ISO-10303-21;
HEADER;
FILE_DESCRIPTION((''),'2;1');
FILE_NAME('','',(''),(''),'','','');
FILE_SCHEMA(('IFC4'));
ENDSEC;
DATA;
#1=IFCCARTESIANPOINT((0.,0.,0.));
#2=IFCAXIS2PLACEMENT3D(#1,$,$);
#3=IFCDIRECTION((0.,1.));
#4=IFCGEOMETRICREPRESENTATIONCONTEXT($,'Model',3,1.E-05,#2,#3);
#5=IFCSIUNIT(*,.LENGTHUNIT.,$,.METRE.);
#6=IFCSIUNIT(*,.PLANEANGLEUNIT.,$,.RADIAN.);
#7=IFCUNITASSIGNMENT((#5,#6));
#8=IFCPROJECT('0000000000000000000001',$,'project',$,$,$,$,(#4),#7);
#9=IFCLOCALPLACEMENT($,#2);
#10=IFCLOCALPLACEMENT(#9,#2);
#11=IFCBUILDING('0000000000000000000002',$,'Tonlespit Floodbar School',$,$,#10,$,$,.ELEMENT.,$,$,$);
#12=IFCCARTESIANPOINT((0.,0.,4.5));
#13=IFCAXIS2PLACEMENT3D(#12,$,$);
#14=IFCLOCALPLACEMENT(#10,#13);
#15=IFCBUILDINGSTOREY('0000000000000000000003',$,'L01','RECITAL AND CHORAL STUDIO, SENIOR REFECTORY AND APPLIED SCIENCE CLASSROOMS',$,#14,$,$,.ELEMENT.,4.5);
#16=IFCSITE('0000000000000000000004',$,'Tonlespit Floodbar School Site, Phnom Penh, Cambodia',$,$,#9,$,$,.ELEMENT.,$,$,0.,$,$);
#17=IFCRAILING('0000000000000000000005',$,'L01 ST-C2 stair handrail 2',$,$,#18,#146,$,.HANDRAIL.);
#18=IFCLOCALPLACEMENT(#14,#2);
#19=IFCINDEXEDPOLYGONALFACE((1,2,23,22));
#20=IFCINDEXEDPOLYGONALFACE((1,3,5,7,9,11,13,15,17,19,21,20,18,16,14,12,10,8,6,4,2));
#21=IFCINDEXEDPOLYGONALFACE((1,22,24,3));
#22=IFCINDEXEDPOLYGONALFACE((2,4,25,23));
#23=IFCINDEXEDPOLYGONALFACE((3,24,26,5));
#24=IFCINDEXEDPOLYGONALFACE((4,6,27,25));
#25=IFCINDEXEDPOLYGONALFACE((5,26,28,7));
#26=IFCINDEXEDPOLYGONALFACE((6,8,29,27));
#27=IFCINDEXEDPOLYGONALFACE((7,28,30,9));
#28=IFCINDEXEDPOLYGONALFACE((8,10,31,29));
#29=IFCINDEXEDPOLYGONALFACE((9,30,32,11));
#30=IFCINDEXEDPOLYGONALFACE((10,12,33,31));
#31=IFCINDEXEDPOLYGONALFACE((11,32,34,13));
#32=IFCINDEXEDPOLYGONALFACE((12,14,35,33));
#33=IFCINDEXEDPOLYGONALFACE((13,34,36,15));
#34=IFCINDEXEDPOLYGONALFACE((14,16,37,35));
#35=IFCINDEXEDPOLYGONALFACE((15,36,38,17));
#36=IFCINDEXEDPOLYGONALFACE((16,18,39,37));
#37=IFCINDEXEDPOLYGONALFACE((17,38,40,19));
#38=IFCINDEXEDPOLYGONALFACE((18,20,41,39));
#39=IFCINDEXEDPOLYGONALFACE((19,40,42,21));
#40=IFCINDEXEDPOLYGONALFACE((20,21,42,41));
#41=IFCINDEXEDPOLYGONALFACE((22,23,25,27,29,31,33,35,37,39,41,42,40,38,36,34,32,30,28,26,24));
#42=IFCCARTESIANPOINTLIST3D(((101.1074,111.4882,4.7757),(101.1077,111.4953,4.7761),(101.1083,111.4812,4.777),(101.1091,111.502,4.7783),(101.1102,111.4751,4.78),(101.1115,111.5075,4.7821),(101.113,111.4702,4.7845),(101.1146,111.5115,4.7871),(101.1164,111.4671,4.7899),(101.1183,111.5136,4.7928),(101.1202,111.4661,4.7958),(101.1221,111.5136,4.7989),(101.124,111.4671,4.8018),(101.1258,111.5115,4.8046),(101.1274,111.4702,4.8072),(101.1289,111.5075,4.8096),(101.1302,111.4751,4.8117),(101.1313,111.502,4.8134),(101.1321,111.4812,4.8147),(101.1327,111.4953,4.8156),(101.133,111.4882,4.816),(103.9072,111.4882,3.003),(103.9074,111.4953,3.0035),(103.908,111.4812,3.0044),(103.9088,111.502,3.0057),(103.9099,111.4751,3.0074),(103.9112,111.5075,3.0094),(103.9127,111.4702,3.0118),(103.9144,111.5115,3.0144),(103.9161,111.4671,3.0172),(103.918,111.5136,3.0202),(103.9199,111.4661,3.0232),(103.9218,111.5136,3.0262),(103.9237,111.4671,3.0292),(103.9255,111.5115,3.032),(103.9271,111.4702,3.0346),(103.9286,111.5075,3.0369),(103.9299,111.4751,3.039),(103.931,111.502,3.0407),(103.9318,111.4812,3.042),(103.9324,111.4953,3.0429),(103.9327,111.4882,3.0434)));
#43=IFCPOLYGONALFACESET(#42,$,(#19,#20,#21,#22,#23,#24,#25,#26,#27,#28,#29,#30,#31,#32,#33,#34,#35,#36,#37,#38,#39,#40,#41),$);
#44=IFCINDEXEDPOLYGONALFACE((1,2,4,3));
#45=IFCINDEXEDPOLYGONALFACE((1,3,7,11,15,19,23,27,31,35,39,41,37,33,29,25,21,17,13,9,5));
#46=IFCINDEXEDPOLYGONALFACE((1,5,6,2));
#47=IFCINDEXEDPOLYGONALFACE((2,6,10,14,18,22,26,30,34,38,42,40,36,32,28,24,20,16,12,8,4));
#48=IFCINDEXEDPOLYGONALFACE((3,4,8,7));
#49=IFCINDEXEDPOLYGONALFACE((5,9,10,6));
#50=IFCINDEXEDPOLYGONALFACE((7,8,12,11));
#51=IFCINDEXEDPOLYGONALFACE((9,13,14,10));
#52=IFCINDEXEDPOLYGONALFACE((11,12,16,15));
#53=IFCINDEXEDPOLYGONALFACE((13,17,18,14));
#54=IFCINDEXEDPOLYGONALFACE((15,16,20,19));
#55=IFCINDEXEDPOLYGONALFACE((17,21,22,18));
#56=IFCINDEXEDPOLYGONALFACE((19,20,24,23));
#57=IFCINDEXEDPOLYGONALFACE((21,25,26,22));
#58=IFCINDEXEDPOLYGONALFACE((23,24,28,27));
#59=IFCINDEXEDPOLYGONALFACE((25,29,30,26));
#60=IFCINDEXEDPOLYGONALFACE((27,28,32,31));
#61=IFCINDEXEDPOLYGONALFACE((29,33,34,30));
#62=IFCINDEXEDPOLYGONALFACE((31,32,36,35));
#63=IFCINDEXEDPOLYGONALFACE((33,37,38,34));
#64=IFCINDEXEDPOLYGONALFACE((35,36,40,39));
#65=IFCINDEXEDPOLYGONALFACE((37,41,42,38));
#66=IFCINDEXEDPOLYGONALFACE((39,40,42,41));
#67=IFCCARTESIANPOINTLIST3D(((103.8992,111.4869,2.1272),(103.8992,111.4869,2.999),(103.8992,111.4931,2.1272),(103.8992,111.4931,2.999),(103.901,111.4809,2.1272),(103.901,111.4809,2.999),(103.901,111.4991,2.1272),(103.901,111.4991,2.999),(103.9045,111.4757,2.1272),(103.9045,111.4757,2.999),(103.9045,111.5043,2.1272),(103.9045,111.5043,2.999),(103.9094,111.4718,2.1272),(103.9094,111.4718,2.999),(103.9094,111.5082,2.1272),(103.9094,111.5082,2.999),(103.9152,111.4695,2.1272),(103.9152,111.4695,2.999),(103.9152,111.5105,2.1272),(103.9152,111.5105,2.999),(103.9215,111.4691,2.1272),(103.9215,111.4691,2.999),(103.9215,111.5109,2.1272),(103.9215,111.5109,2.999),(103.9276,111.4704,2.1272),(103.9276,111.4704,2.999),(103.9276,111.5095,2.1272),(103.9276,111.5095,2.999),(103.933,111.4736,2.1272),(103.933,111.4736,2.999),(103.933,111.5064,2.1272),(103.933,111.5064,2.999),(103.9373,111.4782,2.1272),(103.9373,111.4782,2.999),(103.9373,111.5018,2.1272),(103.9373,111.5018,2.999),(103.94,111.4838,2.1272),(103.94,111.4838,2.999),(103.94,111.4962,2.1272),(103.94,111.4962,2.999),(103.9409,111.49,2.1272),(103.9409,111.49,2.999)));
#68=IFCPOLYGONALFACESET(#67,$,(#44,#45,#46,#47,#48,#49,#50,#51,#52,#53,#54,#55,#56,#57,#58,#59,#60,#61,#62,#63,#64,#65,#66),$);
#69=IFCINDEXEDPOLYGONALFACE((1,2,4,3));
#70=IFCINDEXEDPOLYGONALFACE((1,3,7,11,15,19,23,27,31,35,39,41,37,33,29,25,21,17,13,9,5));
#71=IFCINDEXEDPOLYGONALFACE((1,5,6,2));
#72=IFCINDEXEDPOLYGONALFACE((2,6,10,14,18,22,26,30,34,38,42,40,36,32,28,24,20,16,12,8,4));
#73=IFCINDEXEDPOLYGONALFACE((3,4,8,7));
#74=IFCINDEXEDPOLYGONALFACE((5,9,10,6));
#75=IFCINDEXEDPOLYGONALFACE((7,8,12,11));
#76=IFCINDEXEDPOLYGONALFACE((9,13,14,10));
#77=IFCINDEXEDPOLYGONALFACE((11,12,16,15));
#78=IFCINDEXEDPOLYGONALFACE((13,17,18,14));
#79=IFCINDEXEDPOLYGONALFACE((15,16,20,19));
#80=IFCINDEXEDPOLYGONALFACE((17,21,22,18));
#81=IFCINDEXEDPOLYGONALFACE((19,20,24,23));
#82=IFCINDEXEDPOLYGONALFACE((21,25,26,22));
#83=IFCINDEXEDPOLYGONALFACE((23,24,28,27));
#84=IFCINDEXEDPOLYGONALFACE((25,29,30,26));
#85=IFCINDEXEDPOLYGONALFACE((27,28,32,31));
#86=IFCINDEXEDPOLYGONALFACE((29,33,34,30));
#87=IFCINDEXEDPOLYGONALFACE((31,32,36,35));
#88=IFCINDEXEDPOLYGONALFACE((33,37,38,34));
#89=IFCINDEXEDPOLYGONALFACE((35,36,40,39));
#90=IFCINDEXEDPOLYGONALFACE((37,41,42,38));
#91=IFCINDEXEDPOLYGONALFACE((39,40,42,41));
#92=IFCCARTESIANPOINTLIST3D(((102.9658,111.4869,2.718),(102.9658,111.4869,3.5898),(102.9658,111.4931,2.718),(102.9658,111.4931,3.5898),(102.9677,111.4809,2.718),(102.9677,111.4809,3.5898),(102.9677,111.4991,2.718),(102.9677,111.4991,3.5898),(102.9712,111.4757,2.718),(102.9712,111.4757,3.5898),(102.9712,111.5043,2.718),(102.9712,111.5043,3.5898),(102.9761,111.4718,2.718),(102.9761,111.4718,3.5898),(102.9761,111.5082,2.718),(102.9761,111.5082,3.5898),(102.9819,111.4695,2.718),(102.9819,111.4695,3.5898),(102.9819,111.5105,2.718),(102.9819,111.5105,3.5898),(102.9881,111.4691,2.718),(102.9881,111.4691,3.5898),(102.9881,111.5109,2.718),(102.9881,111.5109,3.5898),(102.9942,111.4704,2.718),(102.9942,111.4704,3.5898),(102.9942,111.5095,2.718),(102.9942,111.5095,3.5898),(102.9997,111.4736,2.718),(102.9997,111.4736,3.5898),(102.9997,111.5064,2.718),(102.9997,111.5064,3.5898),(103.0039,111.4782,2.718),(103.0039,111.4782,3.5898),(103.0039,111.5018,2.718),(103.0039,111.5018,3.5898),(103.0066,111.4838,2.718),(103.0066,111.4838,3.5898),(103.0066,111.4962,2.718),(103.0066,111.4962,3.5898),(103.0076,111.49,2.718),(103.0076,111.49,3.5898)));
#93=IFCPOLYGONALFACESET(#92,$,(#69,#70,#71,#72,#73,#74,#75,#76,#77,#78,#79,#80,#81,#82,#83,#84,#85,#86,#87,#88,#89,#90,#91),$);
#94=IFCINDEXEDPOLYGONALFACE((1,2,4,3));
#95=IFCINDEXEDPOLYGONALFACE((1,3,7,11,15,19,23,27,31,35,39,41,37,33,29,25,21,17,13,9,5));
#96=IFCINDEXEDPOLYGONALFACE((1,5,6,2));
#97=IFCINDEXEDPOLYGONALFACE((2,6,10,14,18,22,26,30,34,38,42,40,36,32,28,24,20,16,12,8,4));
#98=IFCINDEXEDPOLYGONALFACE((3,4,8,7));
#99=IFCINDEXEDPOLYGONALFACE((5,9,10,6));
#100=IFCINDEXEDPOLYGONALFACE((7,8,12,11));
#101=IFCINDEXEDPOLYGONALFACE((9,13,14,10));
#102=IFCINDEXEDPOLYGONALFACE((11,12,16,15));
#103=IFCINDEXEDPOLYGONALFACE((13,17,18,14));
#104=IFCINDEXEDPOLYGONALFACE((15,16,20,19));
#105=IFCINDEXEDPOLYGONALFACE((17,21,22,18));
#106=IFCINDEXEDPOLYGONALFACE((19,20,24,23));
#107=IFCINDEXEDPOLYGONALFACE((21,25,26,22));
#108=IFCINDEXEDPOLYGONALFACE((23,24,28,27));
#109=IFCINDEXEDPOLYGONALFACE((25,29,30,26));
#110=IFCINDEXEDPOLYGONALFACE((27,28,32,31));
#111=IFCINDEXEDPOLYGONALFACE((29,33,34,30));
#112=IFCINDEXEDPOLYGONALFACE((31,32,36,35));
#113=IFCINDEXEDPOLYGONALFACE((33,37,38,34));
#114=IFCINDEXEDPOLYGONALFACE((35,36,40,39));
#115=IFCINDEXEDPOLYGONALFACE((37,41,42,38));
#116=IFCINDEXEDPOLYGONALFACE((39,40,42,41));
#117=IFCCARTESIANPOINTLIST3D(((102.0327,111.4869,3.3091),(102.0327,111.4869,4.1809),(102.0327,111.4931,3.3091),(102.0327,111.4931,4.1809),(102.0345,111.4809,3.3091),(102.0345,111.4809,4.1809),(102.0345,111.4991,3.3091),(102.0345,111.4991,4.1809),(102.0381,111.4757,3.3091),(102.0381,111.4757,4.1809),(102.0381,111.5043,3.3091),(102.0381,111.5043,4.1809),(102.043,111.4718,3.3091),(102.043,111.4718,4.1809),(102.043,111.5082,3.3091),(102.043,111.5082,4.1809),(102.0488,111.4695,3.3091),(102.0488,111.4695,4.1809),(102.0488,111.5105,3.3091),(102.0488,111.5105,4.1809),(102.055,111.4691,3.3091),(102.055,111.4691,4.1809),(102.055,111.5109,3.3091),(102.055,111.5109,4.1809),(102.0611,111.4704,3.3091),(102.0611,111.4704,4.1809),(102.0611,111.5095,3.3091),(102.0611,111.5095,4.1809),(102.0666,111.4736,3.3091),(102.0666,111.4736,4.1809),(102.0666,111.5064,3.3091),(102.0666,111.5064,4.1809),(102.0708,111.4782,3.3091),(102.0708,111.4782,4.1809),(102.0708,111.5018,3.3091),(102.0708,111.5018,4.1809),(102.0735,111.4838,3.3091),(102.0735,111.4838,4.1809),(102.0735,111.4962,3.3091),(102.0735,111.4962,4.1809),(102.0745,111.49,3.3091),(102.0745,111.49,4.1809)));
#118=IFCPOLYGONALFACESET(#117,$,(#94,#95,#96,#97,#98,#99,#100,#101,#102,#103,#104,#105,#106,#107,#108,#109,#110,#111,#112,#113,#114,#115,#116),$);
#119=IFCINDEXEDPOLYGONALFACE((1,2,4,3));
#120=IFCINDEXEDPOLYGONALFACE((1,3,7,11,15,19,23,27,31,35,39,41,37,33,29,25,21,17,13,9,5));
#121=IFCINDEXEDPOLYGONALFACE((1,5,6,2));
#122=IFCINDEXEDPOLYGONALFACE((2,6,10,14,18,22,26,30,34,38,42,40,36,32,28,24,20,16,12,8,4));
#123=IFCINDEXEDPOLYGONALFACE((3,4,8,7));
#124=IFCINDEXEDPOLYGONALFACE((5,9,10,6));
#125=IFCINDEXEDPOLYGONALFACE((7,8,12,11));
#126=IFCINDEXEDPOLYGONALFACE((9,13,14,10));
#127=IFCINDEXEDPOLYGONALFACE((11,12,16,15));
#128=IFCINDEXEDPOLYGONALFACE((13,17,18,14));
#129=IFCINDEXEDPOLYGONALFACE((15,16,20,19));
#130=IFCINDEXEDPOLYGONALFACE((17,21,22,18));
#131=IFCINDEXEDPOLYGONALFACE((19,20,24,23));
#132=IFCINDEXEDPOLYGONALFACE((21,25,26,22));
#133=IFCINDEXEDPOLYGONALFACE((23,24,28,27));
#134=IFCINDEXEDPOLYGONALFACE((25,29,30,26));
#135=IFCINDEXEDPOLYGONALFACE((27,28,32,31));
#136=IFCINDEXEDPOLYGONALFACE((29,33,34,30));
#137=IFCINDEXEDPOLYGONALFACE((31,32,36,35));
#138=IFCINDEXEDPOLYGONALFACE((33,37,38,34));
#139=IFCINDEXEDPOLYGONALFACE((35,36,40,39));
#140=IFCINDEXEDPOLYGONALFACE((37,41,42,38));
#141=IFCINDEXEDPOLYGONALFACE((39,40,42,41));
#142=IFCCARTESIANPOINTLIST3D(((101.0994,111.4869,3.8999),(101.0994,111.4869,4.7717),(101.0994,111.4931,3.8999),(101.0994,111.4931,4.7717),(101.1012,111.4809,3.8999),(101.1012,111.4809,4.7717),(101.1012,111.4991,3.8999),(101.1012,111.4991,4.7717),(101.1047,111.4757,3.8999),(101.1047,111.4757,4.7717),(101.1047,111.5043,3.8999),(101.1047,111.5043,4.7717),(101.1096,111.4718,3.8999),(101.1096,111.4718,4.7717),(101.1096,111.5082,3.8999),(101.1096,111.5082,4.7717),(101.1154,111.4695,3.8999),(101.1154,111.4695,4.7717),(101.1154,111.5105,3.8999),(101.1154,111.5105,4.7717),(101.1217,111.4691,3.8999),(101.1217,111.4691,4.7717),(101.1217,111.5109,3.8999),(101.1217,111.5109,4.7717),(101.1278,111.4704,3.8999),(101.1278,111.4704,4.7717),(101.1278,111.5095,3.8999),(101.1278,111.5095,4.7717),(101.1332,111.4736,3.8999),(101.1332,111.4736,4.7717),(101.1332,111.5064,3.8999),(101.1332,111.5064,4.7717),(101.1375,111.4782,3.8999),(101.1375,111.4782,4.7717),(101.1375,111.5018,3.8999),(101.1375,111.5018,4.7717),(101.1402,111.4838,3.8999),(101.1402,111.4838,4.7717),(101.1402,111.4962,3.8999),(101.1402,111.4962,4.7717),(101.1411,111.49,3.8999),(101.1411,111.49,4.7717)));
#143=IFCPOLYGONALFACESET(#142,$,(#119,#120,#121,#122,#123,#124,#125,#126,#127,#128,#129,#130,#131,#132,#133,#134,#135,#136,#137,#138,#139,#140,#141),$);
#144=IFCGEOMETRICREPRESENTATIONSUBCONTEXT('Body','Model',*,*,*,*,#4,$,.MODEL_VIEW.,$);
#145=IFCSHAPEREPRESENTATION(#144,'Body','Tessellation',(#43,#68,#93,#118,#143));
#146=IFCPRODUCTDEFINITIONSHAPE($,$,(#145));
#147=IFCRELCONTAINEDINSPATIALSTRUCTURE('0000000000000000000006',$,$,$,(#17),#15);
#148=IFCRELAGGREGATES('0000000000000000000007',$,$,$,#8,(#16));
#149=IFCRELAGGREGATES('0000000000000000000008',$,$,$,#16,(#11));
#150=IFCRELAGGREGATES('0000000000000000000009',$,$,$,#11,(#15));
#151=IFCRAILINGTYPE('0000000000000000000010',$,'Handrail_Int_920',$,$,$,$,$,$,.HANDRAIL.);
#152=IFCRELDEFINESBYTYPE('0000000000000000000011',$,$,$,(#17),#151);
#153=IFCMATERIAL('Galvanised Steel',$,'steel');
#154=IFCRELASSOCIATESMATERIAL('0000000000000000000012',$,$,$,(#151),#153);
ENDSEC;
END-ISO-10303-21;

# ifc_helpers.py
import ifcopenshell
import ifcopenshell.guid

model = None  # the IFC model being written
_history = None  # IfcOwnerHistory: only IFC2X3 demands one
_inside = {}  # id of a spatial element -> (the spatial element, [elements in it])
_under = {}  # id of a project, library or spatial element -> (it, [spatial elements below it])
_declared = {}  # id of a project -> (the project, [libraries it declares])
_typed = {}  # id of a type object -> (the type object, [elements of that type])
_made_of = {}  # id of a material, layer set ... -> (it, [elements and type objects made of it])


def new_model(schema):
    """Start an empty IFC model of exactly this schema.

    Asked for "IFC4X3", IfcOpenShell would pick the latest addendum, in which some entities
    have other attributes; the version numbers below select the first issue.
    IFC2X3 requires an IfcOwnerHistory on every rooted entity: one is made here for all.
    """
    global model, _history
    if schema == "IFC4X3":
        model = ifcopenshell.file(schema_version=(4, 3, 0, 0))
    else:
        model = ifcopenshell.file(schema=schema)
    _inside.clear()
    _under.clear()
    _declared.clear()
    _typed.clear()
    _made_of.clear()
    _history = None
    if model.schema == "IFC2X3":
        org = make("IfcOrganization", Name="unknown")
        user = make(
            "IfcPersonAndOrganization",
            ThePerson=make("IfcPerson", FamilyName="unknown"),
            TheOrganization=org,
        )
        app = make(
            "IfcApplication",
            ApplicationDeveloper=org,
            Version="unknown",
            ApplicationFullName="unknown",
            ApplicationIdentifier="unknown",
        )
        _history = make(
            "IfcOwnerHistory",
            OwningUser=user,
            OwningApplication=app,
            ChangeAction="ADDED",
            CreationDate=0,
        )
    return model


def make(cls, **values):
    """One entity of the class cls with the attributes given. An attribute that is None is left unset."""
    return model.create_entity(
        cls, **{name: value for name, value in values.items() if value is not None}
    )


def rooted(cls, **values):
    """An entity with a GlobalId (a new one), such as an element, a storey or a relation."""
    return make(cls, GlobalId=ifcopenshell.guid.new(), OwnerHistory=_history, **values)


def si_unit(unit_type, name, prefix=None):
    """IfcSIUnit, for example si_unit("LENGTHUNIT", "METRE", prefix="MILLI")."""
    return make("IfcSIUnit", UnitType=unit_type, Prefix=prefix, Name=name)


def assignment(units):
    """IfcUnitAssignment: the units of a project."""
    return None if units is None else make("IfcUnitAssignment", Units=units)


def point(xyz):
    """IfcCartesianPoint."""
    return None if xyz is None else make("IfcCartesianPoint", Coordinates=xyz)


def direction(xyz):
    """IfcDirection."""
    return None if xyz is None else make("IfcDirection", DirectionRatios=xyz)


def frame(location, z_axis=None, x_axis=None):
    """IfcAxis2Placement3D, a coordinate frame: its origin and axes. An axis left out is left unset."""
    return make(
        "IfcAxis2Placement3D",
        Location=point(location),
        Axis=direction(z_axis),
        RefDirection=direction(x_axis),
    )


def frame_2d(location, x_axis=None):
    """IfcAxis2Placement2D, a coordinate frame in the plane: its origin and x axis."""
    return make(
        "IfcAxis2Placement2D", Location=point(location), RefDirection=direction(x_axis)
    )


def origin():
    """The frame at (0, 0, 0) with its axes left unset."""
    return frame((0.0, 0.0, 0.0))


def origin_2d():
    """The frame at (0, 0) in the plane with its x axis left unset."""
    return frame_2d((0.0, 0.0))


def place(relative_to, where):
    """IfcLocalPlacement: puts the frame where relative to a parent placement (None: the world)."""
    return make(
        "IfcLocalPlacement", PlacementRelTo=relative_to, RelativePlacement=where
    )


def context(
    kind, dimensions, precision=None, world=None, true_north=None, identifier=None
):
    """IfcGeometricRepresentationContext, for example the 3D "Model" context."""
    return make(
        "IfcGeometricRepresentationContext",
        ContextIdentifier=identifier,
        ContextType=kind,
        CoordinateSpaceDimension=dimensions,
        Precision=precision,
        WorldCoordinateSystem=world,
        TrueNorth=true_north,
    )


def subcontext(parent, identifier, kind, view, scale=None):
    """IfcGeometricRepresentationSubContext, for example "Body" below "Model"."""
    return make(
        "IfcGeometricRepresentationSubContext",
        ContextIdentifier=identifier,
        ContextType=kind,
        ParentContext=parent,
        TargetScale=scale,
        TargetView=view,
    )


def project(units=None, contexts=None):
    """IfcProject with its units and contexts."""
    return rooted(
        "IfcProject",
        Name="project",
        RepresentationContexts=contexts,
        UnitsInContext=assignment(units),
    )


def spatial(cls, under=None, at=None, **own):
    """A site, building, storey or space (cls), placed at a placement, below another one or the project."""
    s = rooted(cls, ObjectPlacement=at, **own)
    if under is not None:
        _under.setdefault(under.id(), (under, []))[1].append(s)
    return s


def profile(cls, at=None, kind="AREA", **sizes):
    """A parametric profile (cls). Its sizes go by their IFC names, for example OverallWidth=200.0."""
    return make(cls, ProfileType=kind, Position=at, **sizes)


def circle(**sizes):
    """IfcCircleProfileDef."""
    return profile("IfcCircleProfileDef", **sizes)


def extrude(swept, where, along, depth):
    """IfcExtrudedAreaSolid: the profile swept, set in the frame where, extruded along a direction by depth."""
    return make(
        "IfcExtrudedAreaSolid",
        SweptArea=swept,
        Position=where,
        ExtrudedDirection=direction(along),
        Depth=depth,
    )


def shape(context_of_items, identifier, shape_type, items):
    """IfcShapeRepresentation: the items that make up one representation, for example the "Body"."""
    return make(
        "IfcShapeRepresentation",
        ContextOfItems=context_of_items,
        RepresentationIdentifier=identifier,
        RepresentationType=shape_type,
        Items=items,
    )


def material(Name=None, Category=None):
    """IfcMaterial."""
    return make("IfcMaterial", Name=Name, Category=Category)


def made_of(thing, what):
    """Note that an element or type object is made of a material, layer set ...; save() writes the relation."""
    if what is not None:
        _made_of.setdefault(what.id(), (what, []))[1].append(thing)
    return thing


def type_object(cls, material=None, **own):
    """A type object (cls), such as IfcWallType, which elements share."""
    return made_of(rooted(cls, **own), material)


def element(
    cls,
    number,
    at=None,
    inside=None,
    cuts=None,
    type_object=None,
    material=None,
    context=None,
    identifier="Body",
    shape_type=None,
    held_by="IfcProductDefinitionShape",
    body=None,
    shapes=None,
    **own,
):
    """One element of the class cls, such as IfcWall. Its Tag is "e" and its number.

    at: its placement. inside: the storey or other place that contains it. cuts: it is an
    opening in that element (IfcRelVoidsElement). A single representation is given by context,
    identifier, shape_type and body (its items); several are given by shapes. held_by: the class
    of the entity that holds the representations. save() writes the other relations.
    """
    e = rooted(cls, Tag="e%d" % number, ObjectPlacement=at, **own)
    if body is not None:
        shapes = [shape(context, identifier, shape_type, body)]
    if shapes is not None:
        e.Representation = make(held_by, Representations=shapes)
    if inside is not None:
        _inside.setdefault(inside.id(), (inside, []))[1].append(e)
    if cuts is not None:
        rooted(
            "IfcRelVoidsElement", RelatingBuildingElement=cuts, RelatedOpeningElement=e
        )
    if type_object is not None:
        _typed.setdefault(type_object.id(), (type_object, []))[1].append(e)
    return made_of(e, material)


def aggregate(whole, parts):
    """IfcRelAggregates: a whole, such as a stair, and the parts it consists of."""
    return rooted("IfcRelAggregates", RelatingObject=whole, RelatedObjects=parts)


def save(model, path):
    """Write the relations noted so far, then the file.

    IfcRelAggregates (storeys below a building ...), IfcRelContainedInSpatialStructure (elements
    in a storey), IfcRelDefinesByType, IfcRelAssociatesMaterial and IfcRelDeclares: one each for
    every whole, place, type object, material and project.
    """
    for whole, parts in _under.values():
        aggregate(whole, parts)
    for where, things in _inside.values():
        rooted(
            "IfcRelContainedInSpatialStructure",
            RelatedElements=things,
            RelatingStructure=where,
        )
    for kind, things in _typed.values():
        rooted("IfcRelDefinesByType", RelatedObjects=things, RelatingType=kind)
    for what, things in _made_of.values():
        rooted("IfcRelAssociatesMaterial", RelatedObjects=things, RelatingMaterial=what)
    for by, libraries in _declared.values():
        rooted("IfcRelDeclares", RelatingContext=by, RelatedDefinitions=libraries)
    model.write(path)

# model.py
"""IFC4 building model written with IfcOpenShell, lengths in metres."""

from ifc_helpers import new_model, si_unit, direction, frame, origin, origin_2d, place, context, subcontext, project, spatial, circle, extrude, material, type_object, element, save


model = new_model("IFC4")

# Units and contexts
model_context = context("Model", 3, precision=1e-05, world=origin(), true_north=direction((0.0, 1.0)))
body_context = subcontext(model_context, "Body", "Model", "MODEL_VIEW")
ifc_project = project(units=[si_unit("LENGTHUNIT", "METRE"), si_unit("PLANEANGLEUNIT", "RADIAN")], contexts=[model_context])

# Site, building, storey
site_placement = place(None, origin())
site = spatial("IfcSite", under=ifc_project, at=site_placement, Name="Tonlespit Floodbar School Site, Phnom Penh, Cambodia", CompositionType="ELEMENT", RefElevation=0.0)
building_placement = place(site_placement, origin())
building = spatial("IfcBuilding", under=site, at=building_placement, Name="Tonlespit Floodbar School", CompositionType="ELEMENT")
storey_placement = place(building_placement, frame((0.0, 0.0, 4.5)))
storey = spatial("IfcBuildingStorey", under=building, at=storey_placement, Name="L01", Description="RECITAL AND CHORAL STUDIO, SENIOR REFECTORY AND APPLIED SCIENCE CLASSROOMS", CompositionType="ELEMENT", Elevation=4.5)

# Railing
ifc_material_1 = material(Name="Galvanised Steel", Category="steel")
railing_type_1 = type_object("IfcRailingType", Name="Handrail_Int_920", PredefinedType="HANDRAIL", material=ifc_material_1)
railing_1_placement = place(storey_placement, frame((103.9199, 111.49, 2.1272)))
element("IfcRailing", 1, at=railing_1_placement, inside=storey, type_object=railing_type_1, Name="L01 ST-C2 stair handrail 2", PredefinedType="HANDRAIL", context=body_context, shape_type="SweptSolid", body=[
    extrude(circle(Radius=0.0239, at=origin_2d()), frame((0.0, 0.0, 0.896), z_axis=(-0.844888, 0.0, 0.534943), x_axis=(0.0, -1.0, 0.0)), (0.0, 0.0, 1.0), 3.3137),
    extrude(circle(Radius=0.021, at=origin_2d()), origin(), (0.0, 0.0, 1.0), 0.8718),
    extrude(circle(Radius=0.021, at=origin_2d()), frame((-0.9333, 0.0, 0.5908)), (0.0, 0.0, 1.0), 0.8718),
    extrude(circle(Radius=0.021, at=origin_2d()), frame((-1.8665, 0.0, 1.1819)), (0.0, 0.0, 1.0), 0.8718),
    extrude(circle(Radius=0.021, at=origin_2d()), frame((-2.7998, 0.0, 1.7727)), (0.0, 0.0, 1.0), 0.8718),
])

save(model, "model.ifc")
